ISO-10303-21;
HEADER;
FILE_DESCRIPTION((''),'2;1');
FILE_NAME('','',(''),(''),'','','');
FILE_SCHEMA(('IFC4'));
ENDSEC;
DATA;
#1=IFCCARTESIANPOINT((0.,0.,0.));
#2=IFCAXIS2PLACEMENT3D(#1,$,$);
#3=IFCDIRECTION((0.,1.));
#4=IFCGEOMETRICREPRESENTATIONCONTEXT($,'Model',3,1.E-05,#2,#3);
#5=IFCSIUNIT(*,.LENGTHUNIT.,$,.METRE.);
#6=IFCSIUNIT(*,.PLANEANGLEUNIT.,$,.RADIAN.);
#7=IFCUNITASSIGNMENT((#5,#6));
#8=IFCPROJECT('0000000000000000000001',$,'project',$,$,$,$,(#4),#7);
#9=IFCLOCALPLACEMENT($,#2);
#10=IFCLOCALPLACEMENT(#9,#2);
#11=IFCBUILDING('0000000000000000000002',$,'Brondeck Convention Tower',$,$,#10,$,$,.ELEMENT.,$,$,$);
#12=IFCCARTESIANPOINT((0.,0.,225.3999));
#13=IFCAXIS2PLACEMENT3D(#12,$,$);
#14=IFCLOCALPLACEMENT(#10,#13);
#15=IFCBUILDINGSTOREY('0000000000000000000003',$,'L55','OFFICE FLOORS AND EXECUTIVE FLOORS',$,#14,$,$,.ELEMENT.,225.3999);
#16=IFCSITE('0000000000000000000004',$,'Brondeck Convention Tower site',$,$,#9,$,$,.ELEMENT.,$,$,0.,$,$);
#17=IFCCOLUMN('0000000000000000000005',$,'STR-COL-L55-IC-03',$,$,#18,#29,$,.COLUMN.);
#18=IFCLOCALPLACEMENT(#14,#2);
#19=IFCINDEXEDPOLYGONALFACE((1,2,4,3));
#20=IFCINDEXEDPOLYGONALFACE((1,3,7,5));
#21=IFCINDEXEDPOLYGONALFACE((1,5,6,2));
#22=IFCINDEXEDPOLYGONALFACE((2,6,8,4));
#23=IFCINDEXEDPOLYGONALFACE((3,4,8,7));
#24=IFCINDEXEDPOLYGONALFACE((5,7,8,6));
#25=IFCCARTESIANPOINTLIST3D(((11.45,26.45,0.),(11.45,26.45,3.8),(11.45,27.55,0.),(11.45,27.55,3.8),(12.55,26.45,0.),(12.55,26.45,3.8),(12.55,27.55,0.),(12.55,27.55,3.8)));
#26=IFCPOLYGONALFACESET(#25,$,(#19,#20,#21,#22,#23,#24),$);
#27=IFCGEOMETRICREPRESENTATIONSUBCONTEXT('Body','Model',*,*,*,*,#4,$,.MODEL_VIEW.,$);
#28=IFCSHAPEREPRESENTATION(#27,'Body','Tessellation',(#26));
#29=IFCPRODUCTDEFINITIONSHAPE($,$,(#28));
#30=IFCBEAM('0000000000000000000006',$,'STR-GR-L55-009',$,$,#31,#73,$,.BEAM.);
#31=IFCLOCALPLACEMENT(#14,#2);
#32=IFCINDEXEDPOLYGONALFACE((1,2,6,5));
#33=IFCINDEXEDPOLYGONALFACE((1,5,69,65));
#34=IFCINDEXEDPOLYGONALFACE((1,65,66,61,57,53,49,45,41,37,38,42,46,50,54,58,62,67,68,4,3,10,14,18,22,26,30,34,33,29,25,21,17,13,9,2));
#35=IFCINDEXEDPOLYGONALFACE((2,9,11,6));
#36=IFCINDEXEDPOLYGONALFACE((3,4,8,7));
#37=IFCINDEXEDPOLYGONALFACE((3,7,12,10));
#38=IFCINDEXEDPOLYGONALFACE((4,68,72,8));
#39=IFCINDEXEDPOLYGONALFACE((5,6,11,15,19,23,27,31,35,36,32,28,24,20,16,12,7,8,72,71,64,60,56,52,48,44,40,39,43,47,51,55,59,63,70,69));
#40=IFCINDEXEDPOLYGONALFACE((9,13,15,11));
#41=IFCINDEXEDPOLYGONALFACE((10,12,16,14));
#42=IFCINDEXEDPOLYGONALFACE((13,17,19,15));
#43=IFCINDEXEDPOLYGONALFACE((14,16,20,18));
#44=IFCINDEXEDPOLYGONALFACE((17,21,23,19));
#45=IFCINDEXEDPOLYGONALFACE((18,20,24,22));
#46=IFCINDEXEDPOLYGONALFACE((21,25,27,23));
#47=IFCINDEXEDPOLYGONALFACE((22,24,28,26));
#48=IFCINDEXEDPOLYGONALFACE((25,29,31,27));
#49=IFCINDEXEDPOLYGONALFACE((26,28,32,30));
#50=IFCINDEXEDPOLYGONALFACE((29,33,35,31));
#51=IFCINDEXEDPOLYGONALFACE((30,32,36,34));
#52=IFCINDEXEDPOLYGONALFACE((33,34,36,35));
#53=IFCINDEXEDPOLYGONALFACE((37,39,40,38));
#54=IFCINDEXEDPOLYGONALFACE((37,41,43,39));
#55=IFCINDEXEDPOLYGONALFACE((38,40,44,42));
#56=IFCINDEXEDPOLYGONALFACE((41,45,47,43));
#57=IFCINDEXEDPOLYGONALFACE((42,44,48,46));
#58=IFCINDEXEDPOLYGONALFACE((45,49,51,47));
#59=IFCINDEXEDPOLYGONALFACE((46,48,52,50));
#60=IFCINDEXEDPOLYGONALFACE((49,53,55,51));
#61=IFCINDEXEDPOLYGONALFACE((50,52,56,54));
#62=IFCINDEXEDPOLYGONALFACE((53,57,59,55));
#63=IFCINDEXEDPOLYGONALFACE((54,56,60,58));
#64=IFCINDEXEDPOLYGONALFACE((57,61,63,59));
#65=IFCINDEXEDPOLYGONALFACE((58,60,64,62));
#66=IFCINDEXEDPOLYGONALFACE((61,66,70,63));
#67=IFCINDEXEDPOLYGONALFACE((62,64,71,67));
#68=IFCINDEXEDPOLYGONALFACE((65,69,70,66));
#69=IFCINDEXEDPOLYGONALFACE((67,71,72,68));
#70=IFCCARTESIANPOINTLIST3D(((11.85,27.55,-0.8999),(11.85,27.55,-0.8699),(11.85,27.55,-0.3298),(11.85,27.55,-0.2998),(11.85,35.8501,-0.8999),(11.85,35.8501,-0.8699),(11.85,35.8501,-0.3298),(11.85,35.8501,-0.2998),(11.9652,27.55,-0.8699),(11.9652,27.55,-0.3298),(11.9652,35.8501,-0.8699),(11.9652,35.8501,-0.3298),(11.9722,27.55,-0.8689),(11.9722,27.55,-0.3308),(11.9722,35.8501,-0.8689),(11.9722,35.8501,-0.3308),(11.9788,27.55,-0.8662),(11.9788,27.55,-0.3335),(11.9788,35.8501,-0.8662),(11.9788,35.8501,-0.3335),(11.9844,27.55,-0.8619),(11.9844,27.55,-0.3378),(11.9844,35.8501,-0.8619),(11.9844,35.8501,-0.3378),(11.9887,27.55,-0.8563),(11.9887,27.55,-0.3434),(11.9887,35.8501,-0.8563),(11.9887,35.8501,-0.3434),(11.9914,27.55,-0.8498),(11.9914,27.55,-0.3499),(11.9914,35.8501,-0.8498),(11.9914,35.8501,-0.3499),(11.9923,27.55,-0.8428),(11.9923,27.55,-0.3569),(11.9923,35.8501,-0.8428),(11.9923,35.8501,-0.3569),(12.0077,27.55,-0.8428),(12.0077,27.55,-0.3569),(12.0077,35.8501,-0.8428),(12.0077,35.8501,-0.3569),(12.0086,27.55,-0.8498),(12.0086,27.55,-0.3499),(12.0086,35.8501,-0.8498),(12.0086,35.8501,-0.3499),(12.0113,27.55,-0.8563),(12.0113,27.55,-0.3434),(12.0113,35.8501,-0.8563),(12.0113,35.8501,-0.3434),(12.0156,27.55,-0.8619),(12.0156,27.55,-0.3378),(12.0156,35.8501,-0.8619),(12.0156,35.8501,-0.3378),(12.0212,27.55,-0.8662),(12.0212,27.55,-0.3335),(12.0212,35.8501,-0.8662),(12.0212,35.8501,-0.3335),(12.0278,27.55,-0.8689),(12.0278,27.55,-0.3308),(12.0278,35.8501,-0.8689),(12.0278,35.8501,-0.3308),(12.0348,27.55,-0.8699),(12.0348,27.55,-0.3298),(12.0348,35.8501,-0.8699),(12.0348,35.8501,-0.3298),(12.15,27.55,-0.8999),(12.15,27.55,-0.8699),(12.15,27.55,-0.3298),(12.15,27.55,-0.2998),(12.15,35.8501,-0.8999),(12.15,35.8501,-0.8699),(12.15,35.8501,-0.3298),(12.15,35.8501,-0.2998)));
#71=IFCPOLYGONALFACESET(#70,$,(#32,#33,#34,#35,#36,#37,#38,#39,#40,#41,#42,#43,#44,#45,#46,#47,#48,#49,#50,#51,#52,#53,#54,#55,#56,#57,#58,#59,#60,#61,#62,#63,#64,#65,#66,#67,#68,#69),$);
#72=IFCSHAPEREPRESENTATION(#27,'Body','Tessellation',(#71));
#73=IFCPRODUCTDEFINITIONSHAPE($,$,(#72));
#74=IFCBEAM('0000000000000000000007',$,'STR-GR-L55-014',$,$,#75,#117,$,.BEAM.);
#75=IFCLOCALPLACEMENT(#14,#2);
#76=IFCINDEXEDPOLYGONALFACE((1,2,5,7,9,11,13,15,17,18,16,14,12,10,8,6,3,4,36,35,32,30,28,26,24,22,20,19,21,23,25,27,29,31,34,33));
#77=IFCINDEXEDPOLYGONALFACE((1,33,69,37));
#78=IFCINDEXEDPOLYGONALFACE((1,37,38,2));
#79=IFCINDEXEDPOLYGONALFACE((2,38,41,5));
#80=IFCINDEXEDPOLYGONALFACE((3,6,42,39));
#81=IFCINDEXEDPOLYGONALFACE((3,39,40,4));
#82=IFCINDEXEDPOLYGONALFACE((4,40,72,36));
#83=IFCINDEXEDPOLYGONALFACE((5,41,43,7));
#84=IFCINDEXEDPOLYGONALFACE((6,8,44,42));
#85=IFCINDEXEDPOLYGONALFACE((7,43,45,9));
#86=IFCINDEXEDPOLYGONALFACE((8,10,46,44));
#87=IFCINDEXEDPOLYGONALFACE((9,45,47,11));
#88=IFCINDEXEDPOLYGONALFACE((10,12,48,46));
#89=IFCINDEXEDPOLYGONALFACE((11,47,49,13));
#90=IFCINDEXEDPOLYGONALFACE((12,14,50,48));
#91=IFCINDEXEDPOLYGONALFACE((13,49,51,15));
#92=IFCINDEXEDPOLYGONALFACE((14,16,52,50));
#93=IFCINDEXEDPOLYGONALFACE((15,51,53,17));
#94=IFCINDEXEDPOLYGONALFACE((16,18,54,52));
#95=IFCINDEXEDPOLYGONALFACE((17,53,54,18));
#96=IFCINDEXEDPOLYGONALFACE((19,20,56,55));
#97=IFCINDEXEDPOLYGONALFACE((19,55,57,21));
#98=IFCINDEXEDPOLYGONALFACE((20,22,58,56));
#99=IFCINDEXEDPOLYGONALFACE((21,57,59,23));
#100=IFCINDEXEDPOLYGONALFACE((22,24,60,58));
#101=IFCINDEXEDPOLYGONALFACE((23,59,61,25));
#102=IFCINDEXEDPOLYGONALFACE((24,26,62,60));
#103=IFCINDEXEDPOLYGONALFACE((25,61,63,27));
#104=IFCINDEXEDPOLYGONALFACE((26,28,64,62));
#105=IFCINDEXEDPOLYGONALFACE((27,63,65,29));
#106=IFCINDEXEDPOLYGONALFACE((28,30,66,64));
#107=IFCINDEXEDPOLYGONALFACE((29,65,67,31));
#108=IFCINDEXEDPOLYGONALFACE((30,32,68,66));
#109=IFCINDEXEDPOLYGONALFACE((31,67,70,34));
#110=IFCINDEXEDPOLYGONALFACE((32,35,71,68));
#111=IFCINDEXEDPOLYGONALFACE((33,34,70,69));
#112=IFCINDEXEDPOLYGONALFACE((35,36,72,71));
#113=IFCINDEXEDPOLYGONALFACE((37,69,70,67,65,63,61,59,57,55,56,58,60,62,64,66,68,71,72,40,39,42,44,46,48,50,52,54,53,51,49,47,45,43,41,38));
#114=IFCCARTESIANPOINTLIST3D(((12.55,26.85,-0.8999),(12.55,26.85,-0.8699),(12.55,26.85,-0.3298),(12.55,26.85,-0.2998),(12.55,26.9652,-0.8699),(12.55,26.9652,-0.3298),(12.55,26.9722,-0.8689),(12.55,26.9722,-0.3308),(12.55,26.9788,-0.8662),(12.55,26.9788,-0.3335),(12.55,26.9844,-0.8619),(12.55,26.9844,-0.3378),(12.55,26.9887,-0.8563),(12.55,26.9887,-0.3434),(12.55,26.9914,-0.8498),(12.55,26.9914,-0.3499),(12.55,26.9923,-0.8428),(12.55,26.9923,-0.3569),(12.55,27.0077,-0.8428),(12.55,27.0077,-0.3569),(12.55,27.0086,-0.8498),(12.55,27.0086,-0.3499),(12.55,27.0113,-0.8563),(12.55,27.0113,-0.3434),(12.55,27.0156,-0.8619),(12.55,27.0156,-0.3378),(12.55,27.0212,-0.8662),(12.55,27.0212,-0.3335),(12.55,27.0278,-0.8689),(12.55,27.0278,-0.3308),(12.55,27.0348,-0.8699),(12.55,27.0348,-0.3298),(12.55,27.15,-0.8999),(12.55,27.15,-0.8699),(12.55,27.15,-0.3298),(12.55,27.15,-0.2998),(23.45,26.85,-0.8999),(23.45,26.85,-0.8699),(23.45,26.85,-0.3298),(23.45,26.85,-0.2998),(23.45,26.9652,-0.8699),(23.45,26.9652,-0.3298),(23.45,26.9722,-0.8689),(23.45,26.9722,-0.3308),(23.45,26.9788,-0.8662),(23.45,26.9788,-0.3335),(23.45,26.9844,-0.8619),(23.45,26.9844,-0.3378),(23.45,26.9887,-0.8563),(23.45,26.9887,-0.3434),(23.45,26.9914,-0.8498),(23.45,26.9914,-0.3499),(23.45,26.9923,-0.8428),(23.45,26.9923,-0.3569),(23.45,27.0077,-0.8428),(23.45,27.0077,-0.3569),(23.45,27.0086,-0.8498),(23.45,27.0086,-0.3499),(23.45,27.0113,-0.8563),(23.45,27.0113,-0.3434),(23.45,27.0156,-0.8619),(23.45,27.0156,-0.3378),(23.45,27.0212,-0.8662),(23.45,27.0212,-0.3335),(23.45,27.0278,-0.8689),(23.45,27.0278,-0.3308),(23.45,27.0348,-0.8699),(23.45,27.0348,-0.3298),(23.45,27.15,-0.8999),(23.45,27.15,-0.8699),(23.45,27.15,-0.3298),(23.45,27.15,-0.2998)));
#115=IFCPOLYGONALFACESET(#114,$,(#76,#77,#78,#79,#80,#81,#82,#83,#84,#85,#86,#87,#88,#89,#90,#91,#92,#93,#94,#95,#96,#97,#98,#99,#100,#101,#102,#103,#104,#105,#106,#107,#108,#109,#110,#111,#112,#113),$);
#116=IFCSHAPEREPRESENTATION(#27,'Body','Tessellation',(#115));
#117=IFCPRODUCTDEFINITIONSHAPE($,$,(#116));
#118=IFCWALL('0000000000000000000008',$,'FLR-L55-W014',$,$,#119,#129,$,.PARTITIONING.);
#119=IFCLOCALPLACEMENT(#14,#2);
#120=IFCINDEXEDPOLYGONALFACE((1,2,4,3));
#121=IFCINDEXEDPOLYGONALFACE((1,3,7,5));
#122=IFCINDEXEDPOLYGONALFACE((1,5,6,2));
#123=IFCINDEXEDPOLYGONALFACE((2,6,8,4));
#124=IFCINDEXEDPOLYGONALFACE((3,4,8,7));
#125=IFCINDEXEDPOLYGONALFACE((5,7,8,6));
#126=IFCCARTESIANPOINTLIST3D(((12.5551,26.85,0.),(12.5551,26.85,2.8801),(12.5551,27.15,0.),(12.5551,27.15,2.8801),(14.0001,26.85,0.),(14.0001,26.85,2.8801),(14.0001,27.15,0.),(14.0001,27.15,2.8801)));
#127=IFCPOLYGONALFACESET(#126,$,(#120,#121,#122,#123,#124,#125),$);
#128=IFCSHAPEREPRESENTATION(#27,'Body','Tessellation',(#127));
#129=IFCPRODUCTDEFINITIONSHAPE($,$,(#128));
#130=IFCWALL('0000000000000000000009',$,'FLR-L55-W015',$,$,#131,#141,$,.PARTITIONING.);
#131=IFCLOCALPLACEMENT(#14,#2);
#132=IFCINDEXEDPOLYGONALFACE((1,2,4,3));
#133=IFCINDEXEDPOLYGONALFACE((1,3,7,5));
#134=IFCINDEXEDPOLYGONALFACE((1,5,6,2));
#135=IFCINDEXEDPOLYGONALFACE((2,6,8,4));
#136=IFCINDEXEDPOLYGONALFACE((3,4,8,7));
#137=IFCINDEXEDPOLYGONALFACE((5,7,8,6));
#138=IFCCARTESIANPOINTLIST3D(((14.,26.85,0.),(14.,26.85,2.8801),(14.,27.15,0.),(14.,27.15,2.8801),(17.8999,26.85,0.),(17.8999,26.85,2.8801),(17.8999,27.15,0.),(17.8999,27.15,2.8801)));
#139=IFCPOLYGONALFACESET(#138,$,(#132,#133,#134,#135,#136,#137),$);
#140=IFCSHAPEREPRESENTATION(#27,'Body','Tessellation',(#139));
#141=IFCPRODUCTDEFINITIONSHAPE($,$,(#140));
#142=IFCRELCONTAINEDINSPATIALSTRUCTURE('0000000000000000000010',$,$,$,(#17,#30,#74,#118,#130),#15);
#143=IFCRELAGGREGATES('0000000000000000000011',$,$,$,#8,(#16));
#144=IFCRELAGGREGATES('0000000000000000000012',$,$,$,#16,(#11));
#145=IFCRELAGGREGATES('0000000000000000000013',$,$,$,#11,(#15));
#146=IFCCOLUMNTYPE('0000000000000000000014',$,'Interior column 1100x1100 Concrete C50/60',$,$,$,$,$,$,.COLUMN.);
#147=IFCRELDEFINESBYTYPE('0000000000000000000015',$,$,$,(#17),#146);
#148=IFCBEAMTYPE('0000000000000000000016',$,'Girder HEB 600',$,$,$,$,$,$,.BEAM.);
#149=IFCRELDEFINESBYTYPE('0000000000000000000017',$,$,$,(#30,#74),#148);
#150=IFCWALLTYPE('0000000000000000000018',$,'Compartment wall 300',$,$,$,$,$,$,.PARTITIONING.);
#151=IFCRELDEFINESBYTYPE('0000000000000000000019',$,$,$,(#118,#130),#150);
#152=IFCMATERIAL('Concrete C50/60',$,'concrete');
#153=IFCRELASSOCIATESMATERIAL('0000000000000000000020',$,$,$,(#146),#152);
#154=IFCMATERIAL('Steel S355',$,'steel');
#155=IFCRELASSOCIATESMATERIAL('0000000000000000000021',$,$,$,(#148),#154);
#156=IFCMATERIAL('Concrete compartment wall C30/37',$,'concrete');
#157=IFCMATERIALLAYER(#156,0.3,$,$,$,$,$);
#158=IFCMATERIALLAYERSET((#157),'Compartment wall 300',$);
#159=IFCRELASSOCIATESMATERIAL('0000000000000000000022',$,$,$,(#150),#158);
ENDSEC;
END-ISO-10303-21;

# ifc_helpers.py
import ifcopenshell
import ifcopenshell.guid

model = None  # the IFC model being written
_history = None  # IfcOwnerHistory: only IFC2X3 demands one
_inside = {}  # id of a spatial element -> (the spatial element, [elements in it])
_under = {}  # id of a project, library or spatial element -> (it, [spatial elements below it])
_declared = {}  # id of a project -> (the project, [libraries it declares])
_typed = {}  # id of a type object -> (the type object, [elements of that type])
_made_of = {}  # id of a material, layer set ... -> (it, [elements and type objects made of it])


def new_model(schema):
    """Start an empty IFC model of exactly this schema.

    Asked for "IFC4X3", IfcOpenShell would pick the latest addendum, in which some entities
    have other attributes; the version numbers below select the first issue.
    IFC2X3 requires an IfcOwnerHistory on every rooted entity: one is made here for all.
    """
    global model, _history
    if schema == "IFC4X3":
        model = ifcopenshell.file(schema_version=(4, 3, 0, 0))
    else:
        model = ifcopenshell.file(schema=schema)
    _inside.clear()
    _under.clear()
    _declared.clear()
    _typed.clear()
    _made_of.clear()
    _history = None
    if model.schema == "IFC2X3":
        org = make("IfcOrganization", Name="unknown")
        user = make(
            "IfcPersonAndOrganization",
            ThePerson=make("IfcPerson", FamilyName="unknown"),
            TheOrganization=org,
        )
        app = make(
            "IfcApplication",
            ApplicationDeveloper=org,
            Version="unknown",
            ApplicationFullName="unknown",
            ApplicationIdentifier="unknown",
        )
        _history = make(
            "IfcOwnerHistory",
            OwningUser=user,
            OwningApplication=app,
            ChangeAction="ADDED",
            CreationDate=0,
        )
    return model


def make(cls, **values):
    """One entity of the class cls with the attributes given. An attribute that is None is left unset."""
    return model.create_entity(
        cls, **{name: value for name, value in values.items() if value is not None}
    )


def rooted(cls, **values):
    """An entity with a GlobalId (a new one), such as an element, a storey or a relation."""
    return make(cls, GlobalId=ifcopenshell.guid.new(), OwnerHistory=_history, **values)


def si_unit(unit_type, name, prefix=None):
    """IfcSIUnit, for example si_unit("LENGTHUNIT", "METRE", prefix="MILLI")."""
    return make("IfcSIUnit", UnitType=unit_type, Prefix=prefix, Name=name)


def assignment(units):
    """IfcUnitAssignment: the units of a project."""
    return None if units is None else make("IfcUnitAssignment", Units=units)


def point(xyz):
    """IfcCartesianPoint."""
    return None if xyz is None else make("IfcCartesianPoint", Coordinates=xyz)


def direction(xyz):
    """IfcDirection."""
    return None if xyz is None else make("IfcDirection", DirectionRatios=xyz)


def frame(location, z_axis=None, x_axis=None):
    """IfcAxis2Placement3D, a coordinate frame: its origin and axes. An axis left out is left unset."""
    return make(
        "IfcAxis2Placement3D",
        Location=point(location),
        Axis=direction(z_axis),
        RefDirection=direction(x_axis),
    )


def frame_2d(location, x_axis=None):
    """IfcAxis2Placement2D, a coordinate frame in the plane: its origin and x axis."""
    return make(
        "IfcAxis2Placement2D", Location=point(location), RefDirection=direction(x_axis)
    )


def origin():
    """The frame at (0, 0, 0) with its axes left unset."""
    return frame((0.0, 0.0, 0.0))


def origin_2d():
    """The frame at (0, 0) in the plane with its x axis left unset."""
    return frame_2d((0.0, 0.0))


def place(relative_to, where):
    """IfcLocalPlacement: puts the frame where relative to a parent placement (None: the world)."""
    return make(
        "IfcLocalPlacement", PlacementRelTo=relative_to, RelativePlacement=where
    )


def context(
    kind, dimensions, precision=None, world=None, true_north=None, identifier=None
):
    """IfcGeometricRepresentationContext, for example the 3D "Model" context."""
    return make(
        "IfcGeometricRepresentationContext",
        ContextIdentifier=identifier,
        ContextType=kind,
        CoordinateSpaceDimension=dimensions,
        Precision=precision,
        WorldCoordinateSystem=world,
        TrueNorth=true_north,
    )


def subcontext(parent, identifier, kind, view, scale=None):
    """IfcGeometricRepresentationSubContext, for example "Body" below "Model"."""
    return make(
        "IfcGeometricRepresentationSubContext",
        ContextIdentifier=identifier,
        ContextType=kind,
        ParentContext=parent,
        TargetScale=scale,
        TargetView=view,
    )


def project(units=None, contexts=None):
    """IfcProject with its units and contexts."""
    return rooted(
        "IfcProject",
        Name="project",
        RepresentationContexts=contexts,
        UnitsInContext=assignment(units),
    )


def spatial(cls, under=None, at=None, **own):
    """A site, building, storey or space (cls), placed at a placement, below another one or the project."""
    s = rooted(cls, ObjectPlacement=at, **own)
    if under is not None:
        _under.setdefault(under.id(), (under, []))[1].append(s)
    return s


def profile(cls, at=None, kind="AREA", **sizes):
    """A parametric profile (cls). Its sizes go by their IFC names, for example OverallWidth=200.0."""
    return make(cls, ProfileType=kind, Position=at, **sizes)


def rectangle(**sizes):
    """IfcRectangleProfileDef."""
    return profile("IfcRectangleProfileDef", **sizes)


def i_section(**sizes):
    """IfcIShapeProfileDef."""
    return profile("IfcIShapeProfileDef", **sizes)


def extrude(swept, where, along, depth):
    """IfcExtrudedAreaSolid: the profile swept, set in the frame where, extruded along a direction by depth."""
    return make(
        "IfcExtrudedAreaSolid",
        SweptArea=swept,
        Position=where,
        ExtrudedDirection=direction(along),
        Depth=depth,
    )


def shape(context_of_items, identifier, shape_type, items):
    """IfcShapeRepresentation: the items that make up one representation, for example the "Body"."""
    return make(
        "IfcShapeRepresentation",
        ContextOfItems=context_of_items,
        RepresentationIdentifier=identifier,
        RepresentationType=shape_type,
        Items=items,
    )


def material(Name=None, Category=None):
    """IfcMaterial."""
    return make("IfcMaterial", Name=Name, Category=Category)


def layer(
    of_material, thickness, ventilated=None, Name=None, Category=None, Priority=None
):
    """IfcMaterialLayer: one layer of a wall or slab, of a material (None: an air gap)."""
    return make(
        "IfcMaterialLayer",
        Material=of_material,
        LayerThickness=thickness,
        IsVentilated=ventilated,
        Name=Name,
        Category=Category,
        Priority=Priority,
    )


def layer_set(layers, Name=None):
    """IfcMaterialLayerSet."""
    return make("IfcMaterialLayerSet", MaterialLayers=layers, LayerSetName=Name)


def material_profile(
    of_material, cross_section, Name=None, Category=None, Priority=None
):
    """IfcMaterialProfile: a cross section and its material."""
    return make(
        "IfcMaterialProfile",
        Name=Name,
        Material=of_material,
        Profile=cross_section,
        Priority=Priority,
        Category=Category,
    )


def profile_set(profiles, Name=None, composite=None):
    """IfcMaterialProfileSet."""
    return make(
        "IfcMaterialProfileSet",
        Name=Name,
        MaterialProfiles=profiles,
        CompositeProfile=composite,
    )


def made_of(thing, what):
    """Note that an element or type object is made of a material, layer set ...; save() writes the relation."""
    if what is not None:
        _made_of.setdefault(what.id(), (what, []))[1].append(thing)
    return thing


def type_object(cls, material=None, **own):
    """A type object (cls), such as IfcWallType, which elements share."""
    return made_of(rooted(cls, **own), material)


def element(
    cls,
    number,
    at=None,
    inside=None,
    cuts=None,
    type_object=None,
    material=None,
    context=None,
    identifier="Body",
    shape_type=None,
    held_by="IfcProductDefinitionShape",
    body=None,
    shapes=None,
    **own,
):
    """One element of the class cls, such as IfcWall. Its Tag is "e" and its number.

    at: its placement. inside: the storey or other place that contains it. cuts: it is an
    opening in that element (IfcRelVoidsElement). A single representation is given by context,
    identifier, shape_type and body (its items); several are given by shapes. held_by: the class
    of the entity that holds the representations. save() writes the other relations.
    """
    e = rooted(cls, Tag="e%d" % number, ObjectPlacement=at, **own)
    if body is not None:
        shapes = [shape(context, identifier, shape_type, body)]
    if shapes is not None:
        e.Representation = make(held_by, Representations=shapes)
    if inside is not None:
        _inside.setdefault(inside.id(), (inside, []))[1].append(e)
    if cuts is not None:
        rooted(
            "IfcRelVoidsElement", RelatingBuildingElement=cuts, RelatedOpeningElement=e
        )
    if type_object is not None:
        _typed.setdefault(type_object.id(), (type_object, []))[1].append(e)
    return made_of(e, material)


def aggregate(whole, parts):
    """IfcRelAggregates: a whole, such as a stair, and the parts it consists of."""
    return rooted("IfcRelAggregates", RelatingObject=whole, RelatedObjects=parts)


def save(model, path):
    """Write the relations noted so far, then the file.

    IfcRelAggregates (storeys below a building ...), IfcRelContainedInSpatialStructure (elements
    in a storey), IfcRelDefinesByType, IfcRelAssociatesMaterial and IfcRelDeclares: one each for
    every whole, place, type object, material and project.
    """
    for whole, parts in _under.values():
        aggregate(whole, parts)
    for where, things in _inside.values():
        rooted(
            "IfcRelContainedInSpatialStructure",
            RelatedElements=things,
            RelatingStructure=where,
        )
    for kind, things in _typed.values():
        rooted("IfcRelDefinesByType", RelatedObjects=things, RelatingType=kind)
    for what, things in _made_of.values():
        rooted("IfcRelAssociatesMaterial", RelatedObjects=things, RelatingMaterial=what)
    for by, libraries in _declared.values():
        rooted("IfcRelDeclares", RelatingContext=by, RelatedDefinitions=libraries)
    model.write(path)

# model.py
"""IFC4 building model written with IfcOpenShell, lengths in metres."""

from ifc_helpers import new_model, si_unit, direction, frame, frame_2d, origin, origin_2d, place, context, subcontext, project, spatial, rectangle, i_section, extrude, material, layer, layer_set, material_profile, profile_set, type_object, element, save


model = new_model("IFC4")

# Units and contexts
model_context = context("Model", 3, precision=1e-05, world=origin(), true_north=direction((0.0, 1.0)))
body_context = subcontext(model_context, "Body", "Model", "MODEL_VIEW")
ifc_project = project(units=[si_unit("LENGTHUNIT", "METRE"), si_unit("PLANEANGLEUNIT", "RADIAN")], contexts=[model_context])

# Site, building, storey
site_placement = place(None, origin())
site = spatial("IfcSite", under=ifc_project, at=site_placement, Name="Brondeck Convention Tower site", CompositionType="ELEMENT", RefElevation=0.0)
building_placement = place(site_placement, origin())
building = spatial("IfcBuilding", under=site, at=building_placement, Name="Brondeck Convention Tower", CompositionType="ELEMENT")
storey_placement = place(building_placement, frame((0.0, 0.0, 225.3999)))
storey = spatial("IfcBuildingStorey", under=building, at=storey_placement, Name="L55", Description="OFFICE FLOORS AND EXECUTIVE FLOORS", CompositionType="ELEMENT", Elevation=225.3999)

# Column
ifc_material_1 = material(Name="Concrete C50/60", Category="concrete")
ifc_material_profile_1 = material_profile(ifc_material_1, rectangle(XDim=1.1001, YDim=1.1001, at=origin_2d()), Name="Interior column 1100x1100 Concrete C50/60")
ifc_profile_set_1 = profile_set([ifc_material_profile_1], Name="Concrete C50/60")
column_type = type_object("IfcColumnType", Name="Interior column 1100x1100 Concrete C50/60", PredefinedType="COLUMN", material=ifc_profile_set_1)
column_placement = place(storey_placement, frame((12.0, 27.0, 0.0), z_axis=(0.0, 0.0, 1.0), x_axis=(1.0, 0.0, 0.0)))
element("IfcColumn", 1, at=column_placement, inside=storey, type_object=column_type, Name="STR-COL-L55-IC-03", PredefinedType="COLUMN", context=body_context, shape_type="SweptSolid", body=[
    extrude(rectangle(XDim=1.1001, YDim=1.1001, at=origin_2d()), origin(), (0.0, 0.0, 1.0), 3.8),
])

# Beams
ifc_material_2 = material(Name="Steel S355", Category="steel")
ifc_material_profile_2 = material_profile(ifc_material_2, i_section(OverallWidth=0.3, OverallDepth=0.6001, WebThickness=0.0154, FlangeThickness=0.03, FilletRadius=0.0271, at=origin_2d()), Name="HEB 600")
ifc_profile_set_2 = profile_set([ifc_material_profile_2], Name="Steel S355")
beam_type = type_object("IfcBeamType", Name="Girder HEB 600", PredefinedType="BEAM", material=ifc_profile_set_2)
beam_1_placement = place(storey_placement, frame((12.0, 35.8501, -0.5999), z_axis=(0.0, -1.0, 0.0), x_axis=(1.0, 0.0, 0.0)))
element("IfcBeam", 2, at=beam_1_placement, inside=storey, type_object=beam_type, Name="STR-GR-L55-009", PredefinedType="BEAM", context=body_context, shape_type="SweptSolid", body=[
    extrude(i_section(OverallWidth=0.3, OverallDepth=0.6001, WebThickness=0.0154, FlangeThickness=0.03, FilletRadius=0.0271, at=origin_2d()), origin(), (0.0, 0.0, 1.0), 8.3),
])
beam_2_placement = place(storey_placement, frame((12.55, 27.0, -0.5999), z_axis=(1.0, 0.0, 0.0), x_axis=(0.0, 1.0, 0.0)))
element("IfcBeam", 3, at=beam_2_placement, inside=storey, type_object=beam_type, Name="STR-GR-L55-014", PredefinedType="BEAM", context=body_context, shape_type="SweptSolid", body=[
    extrude(i_section(OverallWidth=0.3, OverallDepth=0.6001, WebThickness=0.0154, FlangeThickness=0.03, FilletRadius=0.0271, at=origin_2d()), origin(), (0.0, 0.0, 1.0), 10.8999),
])

# Walls
ifc_material_3 = material(Name="Concrete compartment wall C30/37", Category="concrete")
ifc_layer_1 = layer(ifc_material_3, 0.3)
ifc_layer_set_1 = layer_set([ifc_layer_1], Name="Compartment wall 300")
wall_type_1 = type_object("IfcWallType", Name="Compartment wall 300", PredefinedType="PARTITIONING", material=ifc_layer_set_1)
wall_1_placement = place(storey_placement, frame((12.5549, 27.0, 0.0), z_axis=(0.0, 0.0, 1.0), x_axis=(1.0, 0.0, 0.0)))
element("IfcWall", 4, at=wall_1_placement, inside=storey, type_object=wall_type_1, Name="FLR-L55-W014", PredefinedType="PARTITIONING", context=body_context, shape_type="SweptSolid", body=[
    extrude(rectangle(XDim=1.4451, YDim=0.3, at=frame_2d((0.7227, 0.0))), origin(), (0.0, 0.0, 1.0), 2.8801),
])
wall_2_placement = place(storey_placement, frame((14.0, 27.0, 0.0), z_axis=(0.0, 0.0, 1.0), x_axis=(1.0, 0.0, 0.0)))
element("IfcWall", 5, at=wall_2_placement, inside=storey, type_object=wall_type_1, Name="FLR-L55-W015", PredefinedType="PARTITIONING", context=body_context, shape_type="SweptSolid", body=[
    extrude(rectangle(XDim=3.8999, YDim=0.3, at=frame_2d((1.95, 0.0))), origin(), (0.0, 0.0, 1.0), 2.8801),
])

save(model, "model.ifc")
